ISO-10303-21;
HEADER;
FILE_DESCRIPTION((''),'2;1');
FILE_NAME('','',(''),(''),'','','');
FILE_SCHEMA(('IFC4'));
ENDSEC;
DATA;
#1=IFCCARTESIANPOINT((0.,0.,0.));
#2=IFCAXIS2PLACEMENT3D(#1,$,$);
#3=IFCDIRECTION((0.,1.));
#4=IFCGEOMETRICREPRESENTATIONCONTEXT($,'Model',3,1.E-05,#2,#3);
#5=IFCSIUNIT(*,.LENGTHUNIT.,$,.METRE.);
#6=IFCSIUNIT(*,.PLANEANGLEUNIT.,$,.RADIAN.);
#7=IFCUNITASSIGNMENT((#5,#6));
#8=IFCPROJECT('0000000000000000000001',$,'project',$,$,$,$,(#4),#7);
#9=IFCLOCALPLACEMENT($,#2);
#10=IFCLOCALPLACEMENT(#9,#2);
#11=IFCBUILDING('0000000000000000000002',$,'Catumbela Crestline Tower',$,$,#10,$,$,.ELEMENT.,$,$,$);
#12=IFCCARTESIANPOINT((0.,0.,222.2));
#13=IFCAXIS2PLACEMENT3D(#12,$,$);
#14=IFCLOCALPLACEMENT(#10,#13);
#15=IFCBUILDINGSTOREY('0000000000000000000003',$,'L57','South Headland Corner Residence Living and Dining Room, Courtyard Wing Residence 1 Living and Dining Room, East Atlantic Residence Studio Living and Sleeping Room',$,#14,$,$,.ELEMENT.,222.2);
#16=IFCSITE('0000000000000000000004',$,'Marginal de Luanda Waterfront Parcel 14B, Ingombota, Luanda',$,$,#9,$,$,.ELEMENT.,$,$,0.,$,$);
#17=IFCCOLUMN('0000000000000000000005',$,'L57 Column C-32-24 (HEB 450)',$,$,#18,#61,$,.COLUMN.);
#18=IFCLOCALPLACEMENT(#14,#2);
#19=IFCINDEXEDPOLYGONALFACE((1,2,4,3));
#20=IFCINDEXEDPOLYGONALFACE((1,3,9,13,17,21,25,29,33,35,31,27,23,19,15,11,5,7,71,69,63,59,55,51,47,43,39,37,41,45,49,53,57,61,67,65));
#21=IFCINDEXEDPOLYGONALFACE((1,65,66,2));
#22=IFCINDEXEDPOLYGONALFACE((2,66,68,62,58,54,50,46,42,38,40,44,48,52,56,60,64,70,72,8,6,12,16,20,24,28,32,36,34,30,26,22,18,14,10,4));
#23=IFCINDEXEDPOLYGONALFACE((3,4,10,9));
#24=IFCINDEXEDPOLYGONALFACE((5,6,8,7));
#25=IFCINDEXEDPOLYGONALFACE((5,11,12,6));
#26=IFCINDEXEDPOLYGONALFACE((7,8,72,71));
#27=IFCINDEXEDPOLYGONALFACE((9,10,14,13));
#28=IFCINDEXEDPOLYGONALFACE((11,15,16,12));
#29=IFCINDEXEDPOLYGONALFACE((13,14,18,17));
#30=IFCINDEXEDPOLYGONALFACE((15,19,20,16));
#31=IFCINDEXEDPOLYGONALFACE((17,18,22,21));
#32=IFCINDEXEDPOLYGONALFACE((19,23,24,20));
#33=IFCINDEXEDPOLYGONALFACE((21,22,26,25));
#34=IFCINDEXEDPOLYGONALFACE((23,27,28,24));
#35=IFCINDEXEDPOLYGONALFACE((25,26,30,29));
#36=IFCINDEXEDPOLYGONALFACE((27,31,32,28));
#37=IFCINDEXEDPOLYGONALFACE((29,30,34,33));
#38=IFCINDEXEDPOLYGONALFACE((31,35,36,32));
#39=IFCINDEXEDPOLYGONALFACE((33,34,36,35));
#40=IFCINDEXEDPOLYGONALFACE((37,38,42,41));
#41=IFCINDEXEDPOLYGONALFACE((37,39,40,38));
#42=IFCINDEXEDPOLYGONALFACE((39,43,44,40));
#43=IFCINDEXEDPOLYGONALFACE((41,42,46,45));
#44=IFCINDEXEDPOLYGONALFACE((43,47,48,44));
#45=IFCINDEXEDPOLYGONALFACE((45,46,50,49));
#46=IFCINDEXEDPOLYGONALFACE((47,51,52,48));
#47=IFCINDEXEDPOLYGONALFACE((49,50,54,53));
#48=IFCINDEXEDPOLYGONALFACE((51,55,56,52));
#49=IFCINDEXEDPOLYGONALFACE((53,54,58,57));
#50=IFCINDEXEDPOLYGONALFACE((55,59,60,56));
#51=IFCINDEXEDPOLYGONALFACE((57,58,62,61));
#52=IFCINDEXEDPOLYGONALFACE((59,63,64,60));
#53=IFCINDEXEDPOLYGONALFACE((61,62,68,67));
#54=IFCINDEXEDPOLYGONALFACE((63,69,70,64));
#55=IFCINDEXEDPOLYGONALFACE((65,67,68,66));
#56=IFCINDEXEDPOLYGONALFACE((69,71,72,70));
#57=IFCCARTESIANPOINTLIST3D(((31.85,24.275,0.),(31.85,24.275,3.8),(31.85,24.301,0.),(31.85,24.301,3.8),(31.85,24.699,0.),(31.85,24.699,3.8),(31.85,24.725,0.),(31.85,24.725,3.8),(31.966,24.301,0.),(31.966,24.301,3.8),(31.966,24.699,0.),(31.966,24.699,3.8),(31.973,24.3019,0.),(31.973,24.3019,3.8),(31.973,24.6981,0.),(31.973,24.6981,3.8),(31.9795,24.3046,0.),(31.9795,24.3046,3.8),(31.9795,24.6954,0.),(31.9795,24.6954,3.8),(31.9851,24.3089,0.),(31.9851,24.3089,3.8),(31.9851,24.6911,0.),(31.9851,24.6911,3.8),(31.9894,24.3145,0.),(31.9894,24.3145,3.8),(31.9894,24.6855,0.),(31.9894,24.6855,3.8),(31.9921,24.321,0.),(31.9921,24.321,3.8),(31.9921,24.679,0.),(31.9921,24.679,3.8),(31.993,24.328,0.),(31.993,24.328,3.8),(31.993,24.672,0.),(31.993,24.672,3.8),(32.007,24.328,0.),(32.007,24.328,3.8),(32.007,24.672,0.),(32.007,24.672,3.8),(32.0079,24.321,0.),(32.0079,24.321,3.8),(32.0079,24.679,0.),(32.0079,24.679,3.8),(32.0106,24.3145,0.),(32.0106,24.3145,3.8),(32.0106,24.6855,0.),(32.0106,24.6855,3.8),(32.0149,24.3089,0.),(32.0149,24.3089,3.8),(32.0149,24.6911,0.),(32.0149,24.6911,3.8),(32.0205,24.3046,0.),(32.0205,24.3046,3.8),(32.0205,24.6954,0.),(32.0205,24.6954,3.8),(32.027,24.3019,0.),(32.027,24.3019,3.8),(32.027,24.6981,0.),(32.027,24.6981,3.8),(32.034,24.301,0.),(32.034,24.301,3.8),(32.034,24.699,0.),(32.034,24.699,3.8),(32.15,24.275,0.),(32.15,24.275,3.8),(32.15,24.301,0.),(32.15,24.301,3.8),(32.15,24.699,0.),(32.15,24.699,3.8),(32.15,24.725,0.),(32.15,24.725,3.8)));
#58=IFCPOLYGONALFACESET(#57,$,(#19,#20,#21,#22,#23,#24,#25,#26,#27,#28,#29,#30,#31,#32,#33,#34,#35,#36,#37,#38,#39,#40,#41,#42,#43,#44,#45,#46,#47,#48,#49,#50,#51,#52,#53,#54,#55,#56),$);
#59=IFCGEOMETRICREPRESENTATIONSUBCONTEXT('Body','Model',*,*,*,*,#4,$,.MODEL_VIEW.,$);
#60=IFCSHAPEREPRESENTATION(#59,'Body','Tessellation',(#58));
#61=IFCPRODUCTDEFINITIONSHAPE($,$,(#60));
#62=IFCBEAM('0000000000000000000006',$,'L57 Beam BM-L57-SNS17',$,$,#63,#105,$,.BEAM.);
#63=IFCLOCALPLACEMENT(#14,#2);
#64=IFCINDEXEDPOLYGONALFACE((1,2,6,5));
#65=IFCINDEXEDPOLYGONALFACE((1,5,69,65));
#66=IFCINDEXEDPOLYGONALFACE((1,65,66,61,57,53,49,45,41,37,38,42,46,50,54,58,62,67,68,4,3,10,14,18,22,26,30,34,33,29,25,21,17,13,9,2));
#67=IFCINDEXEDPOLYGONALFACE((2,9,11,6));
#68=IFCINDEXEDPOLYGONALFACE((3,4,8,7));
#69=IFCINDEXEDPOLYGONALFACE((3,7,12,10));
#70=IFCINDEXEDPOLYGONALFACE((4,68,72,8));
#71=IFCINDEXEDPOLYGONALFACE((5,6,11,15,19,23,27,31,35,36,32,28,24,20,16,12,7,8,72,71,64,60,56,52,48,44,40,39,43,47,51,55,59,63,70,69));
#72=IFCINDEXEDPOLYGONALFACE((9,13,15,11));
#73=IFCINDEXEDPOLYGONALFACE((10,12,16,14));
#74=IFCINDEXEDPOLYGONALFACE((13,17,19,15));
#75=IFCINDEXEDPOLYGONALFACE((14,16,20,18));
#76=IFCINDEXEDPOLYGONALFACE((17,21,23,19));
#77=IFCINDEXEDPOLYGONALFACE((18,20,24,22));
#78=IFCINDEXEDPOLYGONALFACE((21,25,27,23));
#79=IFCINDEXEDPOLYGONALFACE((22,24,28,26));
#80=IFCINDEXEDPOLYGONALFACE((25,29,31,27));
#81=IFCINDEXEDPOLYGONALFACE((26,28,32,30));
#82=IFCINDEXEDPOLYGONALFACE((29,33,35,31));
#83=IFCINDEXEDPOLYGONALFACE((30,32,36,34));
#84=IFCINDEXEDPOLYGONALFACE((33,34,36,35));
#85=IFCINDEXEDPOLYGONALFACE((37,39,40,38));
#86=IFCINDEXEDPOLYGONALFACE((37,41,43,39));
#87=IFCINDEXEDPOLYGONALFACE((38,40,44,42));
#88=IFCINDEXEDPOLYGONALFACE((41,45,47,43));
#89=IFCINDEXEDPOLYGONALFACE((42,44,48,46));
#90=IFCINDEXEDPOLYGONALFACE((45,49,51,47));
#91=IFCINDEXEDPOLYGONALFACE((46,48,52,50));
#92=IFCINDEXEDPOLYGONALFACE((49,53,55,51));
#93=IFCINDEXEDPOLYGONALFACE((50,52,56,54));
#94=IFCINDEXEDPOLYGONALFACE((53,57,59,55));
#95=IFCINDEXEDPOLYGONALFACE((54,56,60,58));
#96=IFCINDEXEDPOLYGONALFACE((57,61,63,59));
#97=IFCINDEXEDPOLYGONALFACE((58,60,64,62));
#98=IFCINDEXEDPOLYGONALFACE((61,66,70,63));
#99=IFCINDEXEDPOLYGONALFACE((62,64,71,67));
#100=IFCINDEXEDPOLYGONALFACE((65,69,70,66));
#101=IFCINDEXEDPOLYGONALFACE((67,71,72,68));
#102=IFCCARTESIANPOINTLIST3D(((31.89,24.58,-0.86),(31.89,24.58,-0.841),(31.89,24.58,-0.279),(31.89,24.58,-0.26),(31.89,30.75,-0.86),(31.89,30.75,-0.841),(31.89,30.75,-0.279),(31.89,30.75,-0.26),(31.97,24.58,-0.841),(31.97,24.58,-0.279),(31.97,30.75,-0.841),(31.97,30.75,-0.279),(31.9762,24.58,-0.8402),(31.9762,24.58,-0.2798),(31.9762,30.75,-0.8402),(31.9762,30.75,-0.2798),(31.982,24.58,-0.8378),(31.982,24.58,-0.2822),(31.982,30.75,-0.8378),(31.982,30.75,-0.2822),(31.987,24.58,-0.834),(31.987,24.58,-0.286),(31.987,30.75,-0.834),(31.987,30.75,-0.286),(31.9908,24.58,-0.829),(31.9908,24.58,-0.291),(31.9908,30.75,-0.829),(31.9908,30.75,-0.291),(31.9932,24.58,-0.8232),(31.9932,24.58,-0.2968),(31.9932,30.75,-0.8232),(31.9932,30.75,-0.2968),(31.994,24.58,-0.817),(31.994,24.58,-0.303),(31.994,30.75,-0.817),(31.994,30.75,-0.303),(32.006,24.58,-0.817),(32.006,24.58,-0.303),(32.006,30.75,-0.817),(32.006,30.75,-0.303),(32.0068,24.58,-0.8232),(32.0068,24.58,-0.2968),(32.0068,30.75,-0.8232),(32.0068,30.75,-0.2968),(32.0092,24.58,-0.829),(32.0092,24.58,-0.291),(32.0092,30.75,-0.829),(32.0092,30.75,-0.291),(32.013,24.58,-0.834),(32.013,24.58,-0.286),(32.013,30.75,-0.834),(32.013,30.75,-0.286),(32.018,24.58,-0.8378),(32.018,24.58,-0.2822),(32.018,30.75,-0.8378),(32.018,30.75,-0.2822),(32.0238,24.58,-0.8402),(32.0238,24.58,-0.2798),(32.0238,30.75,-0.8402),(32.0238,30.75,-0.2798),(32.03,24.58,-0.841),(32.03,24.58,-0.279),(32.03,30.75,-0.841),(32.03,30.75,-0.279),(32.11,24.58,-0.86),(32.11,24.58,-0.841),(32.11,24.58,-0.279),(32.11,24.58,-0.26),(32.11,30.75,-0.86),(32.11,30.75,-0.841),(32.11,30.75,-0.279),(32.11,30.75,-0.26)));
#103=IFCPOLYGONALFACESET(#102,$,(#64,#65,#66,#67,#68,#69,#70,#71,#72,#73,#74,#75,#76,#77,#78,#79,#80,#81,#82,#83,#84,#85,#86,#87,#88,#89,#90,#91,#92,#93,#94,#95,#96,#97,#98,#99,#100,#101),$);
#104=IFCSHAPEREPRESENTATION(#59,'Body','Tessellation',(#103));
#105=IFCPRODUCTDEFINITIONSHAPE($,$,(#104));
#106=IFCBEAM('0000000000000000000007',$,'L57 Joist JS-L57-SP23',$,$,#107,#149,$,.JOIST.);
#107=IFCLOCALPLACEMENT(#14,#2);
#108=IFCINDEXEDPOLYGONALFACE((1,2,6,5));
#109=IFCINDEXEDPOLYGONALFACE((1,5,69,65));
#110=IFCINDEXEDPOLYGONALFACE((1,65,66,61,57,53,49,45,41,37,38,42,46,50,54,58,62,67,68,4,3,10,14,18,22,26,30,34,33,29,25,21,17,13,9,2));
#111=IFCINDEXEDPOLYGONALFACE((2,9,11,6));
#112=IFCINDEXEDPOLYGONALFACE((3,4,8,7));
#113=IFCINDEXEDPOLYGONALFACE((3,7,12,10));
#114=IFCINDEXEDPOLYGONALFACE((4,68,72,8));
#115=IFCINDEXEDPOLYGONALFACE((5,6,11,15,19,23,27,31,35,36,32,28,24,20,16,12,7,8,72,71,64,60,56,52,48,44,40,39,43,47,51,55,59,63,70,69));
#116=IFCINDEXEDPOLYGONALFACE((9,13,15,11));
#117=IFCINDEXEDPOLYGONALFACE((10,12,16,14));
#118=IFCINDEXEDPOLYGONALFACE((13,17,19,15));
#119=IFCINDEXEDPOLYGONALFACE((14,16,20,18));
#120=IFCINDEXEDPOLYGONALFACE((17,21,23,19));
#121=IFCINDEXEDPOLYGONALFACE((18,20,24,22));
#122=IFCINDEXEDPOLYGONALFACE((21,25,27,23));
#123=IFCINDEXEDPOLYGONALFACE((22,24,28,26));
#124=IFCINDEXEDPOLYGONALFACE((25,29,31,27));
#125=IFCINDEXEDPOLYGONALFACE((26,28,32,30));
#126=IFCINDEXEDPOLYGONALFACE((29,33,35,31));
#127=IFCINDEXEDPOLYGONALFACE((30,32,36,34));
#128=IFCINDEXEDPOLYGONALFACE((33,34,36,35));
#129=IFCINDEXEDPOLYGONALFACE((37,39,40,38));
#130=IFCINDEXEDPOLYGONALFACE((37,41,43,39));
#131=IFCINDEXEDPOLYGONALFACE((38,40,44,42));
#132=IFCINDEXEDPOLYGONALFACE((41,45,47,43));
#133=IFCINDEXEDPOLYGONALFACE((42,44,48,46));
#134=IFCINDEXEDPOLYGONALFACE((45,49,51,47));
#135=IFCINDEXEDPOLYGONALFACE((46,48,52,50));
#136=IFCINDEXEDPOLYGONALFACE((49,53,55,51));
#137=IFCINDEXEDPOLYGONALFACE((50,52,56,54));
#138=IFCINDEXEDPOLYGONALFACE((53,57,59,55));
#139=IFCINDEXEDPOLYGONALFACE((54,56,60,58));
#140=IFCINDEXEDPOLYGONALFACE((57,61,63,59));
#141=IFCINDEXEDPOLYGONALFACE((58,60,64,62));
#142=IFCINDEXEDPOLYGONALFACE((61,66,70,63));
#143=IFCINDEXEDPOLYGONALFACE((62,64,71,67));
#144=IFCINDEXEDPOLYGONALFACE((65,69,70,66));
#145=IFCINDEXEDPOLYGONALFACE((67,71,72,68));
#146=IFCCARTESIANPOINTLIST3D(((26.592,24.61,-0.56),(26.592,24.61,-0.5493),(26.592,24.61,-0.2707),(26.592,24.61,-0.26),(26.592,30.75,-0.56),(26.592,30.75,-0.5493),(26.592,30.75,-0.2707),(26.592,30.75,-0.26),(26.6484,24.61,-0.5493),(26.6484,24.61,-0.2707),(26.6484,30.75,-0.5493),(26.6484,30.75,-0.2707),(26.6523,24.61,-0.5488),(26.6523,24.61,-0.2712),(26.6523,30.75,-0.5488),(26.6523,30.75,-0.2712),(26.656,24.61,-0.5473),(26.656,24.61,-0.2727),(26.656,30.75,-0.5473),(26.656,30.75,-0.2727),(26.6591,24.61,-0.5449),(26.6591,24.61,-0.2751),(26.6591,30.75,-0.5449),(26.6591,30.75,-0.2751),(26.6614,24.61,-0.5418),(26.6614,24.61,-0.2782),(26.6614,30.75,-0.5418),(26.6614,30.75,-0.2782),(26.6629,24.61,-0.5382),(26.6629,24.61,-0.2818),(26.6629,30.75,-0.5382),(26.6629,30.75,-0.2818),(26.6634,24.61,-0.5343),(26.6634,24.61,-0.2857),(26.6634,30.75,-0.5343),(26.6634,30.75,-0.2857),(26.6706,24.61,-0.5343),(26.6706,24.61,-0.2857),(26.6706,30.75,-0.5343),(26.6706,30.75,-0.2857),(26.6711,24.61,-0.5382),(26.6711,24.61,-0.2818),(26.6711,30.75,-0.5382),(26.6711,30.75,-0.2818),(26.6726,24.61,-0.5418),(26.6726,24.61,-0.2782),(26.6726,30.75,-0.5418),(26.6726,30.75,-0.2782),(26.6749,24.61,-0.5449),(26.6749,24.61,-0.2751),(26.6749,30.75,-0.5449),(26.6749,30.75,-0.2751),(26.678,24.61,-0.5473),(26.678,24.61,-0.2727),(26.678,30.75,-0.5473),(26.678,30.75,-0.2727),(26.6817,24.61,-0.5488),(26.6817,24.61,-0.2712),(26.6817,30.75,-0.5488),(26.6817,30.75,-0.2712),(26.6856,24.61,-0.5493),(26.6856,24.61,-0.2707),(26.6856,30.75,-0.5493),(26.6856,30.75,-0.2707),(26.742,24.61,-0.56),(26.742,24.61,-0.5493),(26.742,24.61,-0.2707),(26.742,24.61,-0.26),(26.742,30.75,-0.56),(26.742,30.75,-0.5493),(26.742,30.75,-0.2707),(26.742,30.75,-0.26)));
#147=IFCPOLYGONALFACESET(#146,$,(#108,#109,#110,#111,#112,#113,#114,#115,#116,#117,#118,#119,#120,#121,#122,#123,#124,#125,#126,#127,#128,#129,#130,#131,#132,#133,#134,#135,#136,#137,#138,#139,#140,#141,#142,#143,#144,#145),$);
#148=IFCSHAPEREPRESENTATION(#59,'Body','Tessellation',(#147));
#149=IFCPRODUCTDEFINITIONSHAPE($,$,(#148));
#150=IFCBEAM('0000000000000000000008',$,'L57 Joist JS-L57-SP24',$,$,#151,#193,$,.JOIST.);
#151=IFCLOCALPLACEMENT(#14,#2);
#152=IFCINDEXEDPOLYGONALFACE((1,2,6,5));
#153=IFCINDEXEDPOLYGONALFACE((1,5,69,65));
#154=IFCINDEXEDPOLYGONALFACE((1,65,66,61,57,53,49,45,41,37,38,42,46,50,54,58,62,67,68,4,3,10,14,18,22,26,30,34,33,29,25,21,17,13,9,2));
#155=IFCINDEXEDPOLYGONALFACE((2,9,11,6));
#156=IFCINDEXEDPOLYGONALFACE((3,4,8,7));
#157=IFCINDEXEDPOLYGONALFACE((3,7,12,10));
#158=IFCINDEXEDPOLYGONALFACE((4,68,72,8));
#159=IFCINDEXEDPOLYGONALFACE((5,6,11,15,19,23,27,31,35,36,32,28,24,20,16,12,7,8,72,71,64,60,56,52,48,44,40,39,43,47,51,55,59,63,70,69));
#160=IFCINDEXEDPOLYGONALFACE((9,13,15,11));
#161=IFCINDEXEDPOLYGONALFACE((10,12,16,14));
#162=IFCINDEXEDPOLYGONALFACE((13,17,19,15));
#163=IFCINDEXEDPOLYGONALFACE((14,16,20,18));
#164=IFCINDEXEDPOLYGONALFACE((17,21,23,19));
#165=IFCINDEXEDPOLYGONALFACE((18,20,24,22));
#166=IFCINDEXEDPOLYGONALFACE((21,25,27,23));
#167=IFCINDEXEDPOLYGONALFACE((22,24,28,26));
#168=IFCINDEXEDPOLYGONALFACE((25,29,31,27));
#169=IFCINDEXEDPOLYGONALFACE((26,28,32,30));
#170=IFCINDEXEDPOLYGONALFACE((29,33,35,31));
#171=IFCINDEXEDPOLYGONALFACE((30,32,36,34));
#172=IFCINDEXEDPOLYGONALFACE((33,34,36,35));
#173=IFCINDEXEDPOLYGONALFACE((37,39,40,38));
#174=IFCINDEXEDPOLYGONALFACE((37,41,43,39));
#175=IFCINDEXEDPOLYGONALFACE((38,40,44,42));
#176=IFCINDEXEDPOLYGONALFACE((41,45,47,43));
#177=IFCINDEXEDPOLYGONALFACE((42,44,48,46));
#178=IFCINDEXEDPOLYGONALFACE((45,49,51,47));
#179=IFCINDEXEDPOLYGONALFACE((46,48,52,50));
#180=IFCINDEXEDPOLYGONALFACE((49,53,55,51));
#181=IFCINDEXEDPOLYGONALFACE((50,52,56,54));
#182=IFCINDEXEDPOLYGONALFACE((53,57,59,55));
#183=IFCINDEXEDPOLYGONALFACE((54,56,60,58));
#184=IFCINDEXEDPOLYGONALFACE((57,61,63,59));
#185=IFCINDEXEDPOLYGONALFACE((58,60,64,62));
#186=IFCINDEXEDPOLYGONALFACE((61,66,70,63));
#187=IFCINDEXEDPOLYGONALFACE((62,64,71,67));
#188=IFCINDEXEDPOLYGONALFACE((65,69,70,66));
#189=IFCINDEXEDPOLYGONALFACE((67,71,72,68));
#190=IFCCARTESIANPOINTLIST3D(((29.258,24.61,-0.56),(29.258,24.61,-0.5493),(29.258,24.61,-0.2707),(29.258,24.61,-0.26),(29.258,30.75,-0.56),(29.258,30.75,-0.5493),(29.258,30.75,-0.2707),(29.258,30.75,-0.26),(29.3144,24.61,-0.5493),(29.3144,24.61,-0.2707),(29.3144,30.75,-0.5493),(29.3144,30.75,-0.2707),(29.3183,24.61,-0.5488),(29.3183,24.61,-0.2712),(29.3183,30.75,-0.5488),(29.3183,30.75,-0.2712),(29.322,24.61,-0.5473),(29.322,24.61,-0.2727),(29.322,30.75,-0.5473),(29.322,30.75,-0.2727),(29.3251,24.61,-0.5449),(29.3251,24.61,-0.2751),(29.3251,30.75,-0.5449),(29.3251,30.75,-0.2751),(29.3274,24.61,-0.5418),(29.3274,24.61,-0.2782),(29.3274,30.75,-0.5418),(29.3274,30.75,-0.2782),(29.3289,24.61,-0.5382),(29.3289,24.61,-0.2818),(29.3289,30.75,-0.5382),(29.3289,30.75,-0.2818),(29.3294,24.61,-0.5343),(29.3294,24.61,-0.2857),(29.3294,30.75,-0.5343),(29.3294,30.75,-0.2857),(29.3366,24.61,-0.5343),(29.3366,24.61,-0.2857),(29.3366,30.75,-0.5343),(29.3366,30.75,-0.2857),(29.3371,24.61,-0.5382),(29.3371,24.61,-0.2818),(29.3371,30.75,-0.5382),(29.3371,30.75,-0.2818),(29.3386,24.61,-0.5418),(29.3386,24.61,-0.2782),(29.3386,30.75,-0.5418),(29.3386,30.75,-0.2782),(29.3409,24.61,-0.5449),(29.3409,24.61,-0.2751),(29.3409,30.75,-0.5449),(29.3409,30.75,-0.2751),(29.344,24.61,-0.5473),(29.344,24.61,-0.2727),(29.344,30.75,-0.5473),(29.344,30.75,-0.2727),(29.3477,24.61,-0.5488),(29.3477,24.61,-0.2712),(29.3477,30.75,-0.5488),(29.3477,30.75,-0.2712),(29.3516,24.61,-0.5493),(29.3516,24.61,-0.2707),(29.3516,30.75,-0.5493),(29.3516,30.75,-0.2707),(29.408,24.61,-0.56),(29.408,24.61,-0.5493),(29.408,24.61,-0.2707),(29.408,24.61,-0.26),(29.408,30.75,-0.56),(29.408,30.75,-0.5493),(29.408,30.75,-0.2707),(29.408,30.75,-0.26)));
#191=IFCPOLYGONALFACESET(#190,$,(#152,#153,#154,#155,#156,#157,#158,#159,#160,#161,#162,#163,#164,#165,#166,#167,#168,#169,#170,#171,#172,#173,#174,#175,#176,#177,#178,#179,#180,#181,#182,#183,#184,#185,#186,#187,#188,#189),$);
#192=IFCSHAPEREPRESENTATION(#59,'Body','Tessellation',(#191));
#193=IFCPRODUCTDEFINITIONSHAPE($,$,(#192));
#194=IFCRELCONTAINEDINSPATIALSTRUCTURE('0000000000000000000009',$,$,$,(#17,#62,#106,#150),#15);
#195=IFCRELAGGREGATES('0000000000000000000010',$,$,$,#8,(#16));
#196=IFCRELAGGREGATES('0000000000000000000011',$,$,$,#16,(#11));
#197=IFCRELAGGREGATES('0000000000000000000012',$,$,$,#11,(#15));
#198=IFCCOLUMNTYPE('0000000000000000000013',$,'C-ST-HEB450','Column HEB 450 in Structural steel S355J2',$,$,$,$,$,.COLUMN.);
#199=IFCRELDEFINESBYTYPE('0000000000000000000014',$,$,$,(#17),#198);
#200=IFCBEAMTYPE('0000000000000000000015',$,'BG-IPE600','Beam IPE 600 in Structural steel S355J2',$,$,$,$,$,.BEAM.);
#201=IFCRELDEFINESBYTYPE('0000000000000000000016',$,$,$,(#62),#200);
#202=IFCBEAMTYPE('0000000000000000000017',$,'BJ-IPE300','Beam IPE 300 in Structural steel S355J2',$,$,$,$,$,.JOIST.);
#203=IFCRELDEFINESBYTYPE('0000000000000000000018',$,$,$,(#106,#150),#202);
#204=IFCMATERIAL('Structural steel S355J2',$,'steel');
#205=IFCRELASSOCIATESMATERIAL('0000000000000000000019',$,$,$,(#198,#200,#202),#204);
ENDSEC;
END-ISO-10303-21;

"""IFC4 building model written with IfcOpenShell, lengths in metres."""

from ifc_helpers import new_model, si_unit, direction, frame, origin, origin_2d, place, context, subcontext, project, spatial, i_section, extrude, material, material_profile, profile_set, type_object, element, save


model = new_model("IFC4")

# Units and contexts
model_context = context("Model", 3, precision=1e-05, world=origin(), true_north=direction((0.0, 1.0)))
body_context = subcontext(model_context, "Body", "Model", "MODEL_VIEW")
ifc_project = project(units=[si_unit("LENGTHUNIT", "METRE"), si_unit("PLANEANGLEUNIT", "RADIAN")], contexts=[model_context])

# Site, building, storey
site_placement = place(None, origin())
site = spatial("IfcSite", under=ifc_project, at=site_placement, Name="Marginal de Luanda Waterfront Parcel 14B, Ingombota, Luanda", CompositionType="ELEMENT", RefElevation=0.0)
building_placement = place(site_placement, origin())
building = spatial("IfcBuilding", under=site, at=building_placement, Name="Catumbela Crestline Tower", CompositionType="ELEMENT")
storey_placement = place(building_placement, frame((0.0, 0.0, 222.2)))
storey = spatial("IfcBuildingStorey", under=building, at=storey_placement, Name="L57", Description="South Headland Corner Residence Living and Dining Room, Courtyard Wing Residence 1 Living and Dining Room, East Atlantic Residence Studio Living and Sleeping Room", CompositionType="ELEMENT", Elevation=222.2)

# Column
ifc_material_1 = material(Name="Structural steel S355J2", Category="steel")
ifc_material_profile_1 = material_profile(ifc_material_1, i_section(OverallWidth=0.3, OverallDepth=0.45, WebThickness=0.014, FlangeThickness=0.026, FilletRadius=0.027, at=origin_2d()), Name="HEB 450")
ifc_profile_set_1 = profile_set([ifc_material_profile_1], Name="Structural steel S355J2")
column_type = type_object("IfcColumnType", Name="C-ST-HEB450", Description="Column HEB 450 in Structural steel S355J2", PredefinedType="COLUMN", material=ifc_profile_set_1)
column_placement = place(storey_placement, frame((32.0, 24.5, 0.0), z_axis=(0.0, 0.0, 1.0), x_axis=(1.0, 0.0, 0.0)))
element("IfcColumn", 1, at=column_placement, inside=storey, type_object=column_type, Name="L57 Column C-32-24 (HEB 450)", PredefinedType="COLUMN", context=body_context, shape_type="SweptSolid", body=[
    extrude(i_section(OverallWidth=0.3, OverallDepth=0.45, WebThickness=0.014, FlangeThickness=0.026, FilletRadius=0.027, at=origin_2d()), origin(), (0.0, 0.0, 1.0), 3.8),
])

# Beams
ifc_material_profile_2 = material_profile(ifc_material_1, i_section(OverallWidth=0.22, OverallDepth=0.6, WebThickness=0.012, FlangeThickness=0.019, FilletRadius=0.024, at=origin_2d()), Name="IPE 600")
ifc_profile_set_2 = profile_set([ifc_material_profile_2], Name="Structural steel S355J2")
beam_type_1 = type_object("IfcBeamType", Name="BG-IPE600", Description="Beam IPE 600 in Structural steel S355J2", PredefinedType="BEAM", material=ifc_profile_set_2)
beam_1_placement = place(storey_placement, frame((32.0, 24.58, -0.56), z_axis=(0.0, 1.0, 0.0), x_axis=(-1.0, 0.0, 0.0)))
element("IfcBeam", 2, at=beam_1_placement, inside=storey, type_object=beam_type_1, Name="L57 Beam BM-L57-SNS17", PredefinedType="BEAM", context=body_context, shape_type="SweptSolid", body=[
    extrude(i_section(OverallWidth=0.22, OverallDepth=0.6, WebThickness=0.012, FlangeThickness=0.019, FilletRadius=0.024, at=origin_2d()), origin(), (0.0, 0.0, 1.0), 6.17),
])
ifc_material_profile_3 = material_profile(ifc_material_1, i_section(OverallWidth=0.15, OverallDepth=0.3, WebThickness=0.0071, FlangeThickness=0.0107, FilletRadius=0.015, at=origin_2d()), Name="IPE 300")
ifc_profile_set_3 = profile_set([ifc_material_profile_3], Name="Structural steel S355J2")
beam_type_2 = type_object("IfcBeamType", Name="BJ-IPE300", Description="Beam IPE 300 in Structural steel S355J2", PredefinedType="JOIST", material=ifc_profile_set_3)
for number, where, z_axis, x_axis, name in (
    (3, (26.667, 24.61, -0.41), (0.0, 1.0, 0.0), (-1.0, 0.0, 0.0), "L57 Joist JS-L57-SP23"),
    (4, (29.333, 24.61, -0.41), (0.0, 1.0, 0.0), (-1.0, 0.0, 0.0), "L57 Joist JS-L57-SP24"),
):
    element("IfcBeam", number, at=place(storey_placement, frame(where, z_axis=z_axis, x_axis=x_axis)), inside=storey, type_object=beam_type_2, Name=name, PredefinedType="JOIST", context=body_context, shape_type="SweptSolid", body=[
        extrude(i_section(OverallWidth=0.15, OverallDepth=0.3, WebThickness=0.0071, FlangeThickness=0.0107, FilletRadius=0.015, at=origin_2d()), origin(), (0.0, 0.0, 1.0), 6.14),
    ])

save(model, "model.ifc")
